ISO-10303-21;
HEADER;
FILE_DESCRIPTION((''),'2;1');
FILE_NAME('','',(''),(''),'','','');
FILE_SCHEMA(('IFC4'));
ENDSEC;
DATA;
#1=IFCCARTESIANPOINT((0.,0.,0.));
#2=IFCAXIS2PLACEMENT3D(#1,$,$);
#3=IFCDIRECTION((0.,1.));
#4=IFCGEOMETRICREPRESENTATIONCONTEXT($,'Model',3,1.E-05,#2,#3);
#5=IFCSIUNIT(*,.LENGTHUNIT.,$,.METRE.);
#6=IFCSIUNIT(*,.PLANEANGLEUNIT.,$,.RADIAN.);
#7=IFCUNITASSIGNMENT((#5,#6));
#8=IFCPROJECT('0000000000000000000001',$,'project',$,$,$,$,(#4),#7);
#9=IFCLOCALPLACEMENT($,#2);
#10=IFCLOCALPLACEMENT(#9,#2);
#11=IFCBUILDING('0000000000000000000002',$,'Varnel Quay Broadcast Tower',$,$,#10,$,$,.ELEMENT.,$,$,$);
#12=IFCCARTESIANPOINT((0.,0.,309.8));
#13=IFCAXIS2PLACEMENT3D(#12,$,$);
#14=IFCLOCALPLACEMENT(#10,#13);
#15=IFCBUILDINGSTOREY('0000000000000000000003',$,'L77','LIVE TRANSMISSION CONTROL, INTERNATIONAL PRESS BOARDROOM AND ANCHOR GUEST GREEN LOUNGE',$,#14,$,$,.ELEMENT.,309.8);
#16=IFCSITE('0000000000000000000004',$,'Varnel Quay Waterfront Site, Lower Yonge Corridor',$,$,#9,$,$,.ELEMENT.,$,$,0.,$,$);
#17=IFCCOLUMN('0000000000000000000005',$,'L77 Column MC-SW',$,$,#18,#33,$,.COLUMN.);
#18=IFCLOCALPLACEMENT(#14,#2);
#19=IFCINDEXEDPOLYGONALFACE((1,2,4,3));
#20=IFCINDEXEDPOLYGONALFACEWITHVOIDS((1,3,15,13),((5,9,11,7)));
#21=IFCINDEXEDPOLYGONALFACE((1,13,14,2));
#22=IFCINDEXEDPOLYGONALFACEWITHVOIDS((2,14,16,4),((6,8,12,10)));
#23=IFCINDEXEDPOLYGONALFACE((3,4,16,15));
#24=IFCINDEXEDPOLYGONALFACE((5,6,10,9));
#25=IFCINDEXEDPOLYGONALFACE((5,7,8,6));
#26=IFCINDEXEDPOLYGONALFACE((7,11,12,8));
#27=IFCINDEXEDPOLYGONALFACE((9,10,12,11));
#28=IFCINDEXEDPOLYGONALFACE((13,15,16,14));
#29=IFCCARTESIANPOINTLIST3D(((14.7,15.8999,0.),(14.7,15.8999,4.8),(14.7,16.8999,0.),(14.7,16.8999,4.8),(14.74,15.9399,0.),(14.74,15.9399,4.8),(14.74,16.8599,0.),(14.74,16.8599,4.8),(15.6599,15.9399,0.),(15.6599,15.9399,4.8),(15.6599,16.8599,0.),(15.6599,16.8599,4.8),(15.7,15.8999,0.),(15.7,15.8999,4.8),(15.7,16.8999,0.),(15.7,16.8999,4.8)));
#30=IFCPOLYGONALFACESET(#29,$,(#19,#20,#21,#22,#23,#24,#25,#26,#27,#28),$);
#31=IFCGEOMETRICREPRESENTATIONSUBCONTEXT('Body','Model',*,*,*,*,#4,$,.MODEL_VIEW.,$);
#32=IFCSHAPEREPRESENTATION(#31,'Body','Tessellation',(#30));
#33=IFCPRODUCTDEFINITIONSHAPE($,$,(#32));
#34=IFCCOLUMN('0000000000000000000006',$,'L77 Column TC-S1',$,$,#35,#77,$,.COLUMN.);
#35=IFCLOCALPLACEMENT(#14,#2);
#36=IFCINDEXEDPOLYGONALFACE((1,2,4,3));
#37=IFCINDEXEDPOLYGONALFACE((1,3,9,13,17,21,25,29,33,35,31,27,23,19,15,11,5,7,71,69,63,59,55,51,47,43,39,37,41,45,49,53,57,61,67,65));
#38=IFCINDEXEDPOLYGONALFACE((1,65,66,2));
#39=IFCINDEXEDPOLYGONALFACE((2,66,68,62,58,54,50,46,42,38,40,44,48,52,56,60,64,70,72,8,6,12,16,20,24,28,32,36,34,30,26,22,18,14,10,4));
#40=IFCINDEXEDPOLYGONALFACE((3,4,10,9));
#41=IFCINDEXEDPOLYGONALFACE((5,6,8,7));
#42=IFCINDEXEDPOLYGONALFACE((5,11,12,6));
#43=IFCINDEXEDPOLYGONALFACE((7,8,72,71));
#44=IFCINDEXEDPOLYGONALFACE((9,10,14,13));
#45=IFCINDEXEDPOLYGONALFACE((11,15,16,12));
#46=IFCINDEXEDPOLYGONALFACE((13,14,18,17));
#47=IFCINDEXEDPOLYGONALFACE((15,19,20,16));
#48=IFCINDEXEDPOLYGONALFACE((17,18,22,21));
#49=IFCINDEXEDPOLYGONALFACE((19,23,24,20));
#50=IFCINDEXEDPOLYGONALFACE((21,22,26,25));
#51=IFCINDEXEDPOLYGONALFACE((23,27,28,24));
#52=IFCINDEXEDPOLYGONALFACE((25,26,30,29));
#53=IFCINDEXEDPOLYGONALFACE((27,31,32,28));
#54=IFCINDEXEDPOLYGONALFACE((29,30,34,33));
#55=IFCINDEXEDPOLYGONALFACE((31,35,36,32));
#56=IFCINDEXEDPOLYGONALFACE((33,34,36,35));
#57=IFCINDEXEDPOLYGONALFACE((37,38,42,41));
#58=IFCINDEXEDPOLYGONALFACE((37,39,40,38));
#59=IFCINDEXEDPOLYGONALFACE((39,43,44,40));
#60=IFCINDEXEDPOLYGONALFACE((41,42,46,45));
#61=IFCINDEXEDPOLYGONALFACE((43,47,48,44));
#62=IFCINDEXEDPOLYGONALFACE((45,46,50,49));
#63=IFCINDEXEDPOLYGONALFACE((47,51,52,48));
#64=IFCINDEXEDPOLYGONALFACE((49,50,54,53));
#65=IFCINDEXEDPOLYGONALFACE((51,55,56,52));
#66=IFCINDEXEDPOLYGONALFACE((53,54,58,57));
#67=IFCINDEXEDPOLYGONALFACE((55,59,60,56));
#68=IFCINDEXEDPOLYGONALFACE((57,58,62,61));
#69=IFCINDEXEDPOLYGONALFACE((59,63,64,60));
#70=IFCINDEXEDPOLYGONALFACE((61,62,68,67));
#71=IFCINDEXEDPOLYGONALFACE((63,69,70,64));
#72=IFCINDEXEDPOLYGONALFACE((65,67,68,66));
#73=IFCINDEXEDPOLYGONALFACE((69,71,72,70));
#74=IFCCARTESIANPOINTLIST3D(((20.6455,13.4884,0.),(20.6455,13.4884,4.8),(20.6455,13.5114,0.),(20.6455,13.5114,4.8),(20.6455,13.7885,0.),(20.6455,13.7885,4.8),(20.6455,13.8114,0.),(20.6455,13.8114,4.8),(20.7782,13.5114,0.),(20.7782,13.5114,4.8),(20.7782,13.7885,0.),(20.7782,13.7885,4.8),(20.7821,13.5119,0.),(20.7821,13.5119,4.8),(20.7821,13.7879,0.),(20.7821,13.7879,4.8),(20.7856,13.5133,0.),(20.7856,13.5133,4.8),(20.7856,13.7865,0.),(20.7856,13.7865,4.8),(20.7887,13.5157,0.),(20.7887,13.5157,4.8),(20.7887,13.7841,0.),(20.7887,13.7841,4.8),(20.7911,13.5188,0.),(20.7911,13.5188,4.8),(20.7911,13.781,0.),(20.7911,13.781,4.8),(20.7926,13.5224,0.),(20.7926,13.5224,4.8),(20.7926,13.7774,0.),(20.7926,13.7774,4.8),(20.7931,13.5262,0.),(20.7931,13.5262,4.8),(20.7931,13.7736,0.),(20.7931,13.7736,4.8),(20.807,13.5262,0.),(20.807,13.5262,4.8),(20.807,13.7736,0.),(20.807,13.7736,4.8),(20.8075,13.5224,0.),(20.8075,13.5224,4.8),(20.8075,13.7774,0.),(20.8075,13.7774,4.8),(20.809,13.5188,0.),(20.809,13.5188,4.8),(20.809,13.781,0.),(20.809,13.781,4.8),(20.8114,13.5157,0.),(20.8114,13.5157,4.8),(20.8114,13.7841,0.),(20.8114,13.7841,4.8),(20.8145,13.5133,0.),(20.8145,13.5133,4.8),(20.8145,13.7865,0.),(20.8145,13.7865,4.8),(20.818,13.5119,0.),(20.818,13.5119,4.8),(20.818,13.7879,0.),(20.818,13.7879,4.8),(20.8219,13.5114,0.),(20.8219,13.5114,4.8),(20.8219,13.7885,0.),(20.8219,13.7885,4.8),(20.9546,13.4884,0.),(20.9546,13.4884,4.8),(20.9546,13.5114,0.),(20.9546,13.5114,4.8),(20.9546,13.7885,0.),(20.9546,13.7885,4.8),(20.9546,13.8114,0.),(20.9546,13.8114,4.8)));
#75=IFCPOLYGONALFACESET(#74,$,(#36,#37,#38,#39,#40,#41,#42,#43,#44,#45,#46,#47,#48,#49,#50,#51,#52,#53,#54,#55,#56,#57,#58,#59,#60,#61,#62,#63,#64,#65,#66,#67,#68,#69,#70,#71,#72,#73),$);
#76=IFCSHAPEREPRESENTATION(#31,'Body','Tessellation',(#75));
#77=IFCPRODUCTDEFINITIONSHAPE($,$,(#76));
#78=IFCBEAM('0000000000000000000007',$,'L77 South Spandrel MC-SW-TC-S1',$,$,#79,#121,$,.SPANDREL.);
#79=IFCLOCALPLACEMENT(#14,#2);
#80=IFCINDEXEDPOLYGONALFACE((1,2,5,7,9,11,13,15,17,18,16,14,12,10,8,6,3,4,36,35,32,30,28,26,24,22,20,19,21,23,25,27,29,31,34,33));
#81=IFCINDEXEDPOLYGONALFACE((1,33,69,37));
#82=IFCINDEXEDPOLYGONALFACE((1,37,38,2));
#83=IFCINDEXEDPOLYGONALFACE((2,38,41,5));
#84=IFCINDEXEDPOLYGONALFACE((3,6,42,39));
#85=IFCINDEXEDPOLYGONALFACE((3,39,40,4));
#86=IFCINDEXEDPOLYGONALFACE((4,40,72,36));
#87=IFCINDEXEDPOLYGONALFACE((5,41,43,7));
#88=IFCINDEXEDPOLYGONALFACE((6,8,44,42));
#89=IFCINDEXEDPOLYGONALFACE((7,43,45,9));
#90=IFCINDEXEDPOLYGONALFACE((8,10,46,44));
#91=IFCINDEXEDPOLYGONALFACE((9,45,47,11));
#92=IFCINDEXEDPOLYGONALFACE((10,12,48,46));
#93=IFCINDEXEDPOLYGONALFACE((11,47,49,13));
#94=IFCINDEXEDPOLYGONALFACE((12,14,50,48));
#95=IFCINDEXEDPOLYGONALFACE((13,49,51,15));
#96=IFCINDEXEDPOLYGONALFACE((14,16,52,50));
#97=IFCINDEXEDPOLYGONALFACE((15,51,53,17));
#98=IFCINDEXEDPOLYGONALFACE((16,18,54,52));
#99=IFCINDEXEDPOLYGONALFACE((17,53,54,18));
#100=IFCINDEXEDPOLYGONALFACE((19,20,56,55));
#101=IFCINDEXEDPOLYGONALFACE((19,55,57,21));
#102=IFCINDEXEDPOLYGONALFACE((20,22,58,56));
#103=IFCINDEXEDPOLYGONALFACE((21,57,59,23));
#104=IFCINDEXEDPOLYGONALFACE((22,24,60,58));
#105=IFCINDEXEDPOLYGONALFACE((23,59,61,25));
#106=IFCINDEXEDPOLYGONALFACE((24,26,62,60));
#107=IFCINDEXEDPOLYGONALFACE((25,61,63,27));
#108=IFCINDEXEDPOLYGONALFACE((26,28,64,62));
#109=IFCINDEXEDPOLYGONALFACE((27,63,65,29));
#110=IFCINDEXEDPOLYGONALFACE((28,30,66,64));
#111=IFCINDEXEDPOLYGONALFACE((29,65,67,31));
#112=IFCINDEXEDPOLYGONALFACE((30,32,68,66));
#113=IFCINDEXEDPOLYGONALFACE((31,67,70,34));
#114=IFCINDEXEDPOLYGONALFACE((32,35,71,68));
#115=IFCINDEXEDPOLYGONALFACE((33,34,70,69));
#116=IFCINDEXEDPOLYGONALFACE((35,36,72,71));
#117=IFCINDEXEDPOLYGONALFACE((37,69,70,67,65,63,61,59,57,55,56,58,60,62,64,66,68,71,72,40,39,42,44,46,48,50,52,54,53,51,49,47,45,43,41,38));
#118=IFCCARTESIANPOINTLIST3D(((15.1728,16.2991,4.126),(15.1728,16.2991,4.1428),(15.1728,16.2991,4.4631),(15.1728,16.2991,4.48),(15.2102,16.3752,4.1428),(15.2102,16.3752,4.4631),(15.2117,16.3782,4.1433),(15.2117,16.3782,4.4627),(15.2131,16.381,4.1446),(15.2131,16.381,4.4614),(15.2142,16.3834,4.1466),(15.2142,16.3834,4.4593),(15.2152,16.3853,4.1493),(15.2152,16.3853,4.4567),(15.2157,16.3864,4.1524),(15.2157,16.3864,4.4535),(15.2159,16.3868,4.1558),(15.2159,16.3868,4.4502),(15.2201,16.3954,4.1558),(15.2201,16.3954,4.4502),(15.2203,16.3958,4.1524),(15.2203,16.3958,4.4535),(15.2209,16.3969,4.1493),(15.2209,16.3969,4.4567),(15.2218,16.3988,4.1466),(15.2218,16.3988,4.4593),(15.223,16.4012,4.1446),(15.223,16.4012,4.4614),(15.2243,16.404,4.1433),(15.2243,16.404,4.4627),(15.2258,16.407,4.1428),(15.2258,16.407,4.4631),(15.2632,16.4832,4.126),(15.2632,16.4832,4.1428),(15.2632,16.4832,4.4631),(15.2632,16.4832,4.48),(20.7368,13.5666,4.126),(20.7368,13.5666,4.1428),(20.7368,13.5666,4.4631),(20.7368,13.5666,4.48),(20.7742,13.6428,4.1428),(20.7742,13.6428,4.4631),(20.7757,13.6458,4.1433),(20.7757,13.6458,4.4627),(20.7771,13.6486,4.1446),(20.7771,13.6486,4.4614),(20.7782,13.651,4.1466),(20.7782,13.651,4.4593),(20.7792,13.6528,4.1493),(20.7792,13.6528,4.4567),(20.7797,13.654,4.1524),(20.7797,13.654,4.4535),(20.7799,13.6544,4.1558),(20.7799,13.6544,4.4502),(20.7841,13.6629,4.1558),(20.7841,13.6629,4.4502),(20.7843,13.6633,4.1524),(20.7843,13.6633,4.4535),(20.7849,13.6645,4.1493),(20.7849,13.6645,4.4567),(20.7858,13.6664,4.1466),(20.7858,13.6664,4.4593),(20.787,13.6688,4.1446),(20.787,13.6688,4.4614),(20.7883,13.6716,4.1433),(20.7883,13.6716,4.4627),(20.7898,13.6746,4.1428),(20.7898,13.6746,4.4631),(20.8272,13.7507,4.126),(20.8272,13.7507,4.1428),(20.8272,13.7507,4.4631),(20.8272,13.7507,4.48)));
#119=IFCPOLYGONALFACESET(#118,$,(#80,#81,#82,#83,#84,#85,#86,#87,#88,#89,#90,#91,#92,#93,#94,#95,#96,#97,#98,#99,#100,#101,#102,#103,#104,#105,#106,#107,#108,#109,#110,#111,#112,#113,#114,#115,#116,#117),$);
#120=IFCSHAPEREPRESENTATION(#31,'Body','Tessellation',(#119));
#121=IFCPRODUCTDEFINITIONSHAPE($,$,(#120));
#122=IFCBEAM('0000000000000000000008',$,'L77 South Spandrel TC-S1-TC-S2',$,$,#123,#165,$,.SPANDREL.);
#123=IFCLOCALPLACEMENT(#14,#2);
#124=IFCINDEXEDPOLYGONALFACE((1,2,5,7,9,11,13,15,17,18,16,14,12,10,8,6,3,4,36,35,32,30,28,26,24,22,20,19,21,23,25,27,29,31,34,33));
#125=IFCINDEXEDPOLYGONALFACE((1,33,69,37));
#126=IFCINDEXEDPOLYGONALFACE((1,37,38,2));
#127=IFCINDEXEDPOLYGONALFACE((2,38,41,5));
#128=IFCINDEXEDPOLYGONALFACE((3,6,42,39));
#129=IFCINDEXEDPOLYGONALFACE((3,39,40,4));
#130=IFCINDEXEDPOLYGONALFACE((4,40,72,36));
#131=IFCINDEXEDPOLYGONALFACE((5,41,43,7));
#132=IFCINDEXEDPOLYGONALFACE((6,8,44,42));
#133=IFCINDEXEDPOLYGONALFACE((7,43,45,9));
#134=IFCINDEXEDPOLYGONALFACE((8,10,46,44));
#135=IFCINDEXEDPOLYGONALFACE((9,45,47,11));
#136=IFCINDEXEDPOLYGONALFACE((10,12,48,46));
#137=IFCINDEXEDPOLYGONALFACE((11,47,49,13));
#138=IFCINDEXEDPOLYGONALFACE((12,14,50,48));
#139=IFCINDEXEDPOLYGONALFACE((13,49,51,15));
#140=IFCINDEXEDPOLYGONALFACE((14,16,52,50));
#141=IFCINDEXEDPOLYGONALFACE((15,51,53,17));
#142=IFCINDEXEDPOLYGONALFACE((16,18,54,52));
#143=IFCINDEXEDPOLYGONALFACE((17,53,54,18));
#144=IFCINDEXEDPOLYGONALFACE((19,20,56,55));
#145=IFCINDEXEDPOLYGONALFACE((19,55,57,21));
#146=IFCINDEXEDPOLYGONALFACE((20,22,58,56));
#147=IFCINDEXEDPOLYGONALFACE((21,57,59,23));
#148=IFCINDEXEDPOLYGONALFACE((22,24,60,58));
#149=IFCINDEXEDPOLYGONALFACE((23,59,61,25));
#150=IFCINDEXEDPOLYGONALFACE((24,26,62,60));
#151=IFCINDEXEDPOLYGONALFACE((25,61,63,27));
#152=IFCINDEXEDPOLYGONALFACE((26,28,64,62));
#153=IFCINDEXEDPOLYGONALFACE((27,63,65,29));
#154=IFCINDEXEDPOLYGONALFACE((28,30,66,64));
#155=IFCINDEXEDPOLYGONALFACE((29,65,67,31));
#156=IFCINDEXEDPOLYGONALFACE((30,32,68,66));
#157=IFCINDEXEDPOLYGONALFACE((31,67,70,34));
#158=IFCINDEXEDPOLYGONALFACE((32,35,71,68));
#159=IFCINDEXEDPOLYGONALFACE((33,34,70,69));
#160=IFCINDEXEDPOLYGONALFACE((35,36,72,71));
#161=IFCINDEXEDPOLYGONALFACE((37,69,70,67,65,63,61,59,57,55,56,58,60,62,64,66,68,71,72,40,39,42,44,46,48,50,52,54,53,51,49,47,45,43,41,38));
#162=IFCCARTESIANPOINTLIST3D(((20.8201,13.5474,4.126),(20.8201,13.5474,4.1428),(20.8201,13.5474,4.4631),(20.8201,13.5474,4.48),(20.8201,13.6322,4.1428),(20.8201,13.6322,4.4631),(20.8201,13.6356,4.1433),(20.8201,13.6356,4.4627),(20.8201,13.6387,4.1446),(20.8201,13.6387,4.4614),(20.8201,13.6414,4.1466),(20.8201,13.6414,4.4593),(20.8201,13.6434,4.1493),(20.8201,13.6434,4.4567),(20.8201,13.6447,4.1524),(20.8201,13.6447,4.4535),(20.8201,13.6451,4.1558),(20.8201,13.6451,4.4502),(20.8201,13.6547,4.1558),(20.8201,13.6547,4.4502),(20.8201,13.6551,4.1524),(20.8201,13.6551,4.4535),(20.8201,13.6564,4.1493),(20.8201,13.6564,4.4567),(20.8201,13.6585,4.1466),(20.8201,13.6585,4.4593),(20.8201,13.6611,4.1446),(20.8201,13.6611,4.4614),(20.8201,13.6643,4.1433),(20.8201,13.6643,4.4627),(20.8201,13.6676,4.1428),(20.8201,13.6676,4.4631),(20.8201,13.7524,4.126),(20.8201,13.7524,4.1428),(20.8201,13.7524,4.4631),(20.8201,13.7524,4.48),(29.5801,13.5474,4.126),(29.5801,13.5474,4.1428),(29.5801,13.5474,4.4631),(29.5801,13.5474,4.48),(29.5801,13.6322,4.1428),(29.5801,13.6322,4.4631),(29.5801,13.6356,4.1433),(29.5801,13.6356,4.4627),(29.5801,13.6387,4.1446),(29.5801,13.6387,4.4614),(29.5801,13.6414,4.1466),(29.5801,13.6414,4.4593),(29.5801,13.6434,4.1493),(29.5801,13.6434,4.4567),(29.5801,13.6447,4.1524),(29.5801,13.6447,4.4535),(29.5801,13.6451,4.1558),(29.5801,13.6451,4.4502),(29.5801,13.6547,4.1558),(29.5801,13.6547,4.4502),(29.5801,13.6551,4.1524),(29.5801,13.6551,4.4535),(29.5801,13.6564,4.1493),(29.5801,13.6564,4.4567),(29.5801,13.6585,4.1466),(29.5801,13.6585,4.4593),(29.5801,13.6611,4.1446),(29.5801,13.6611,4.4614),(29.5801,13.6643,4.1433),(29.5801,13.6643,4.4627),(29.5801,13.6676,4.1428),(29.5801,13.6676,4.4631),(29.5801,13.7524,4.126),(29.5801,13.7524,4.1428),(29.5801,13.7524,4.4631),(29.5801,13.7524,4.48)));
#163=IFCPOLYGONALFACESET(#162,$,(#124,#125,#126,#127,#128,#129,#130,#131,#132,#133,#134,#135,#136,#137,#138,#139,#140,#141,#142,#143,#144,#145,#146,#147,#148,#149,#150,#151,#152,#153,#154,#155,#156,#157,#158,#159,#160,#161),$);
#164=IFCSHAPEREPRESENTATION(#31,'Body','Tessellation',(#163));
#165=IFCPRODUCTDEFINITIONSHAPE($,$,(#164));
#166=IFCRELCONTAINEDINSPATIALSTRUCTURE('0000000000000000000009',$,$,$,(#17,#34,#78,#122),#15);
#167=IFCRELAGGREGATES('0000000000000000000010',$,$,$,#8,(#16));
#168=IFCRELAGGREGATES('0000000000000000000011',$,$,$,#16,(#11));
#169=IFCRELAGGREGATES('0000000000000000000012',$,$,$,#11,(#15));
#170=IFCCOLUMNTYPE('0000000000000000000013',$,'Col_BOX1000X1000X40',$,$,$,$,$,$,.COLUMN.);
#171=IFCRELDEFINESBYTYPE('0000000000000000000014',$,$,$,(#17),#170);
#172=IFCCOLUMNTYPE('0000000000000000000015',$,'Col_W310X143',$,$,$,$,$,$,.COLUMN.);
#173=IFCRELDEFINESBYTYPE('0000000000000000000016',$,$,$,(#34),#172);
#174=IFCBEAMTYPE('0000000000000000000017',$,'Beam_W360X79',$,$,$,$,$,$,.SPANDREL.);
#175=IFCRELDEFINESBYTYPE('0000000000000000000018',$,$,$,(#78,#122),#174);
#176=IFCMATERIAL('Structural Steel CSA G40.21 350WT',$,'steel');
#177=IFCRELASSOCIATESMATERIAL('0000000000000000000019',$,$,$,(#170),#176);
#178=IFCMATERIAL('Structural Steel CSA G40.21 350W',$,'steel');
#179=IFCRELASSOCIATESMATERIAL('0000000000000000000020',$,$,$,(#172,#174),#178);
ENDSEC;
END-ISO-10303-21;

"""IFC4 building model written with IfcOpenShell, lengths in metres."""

from ifc_helpers import new_model, si_unit, direction, frame, origin, origin_2d, place, context, subcontext, project, spatial, hollow_rectangle, i_section, extrude, source, transform, mapped, material, material_profile, profile_set, type_object, type_shapes, element, save


model = new_model("IFC4")

# Units and contexts
model_context = context("Model", 3, precision=1e-05, world=origin(), true_north=direction((0.0, 1.0)))
body_context = subcontext(model_context, "Body", "Model", "MODEL_VIEW")
ifc_project = project(units=[si_unit("LENGTHUNIT", "METRE"), si_unit("PLANEANGLEUNIT", "RADIAN")], contexts=[model_context])

# Site, building, storey
site_placement = place(None, origin())
site = spatial("IfcSite", under=ifc_project, at=site_placement, Name="Varnel Quay Waterfront Site, Lower Yonge Corridor", CompositionType="ELEMENT", RefElevation=0.0)
building_placement = place(site_placement, origin())
building = spatial("IfcBuilding", under=site, at=building_placement, Name="Varnel Quay Broadcast Tower", CompositionType="ELEMENT")
storey_placement = place(building_placement, frame((0.0, 0.0, 309.8)))
storey = spatial("IfcBuildingStorey", under=building, at=storey_placement, Name="L77", Description="LIVE TRANSMISSION CONTROL, INTERNATIONAL PRESS BOARDROOM AND ANCHOR GUEST GREEN LOUNGE", CompositionType="ELEMENT", Elevation=309.8)

# Columns
ifc_material_1 = material(Name="Structural Steel CSA G40.21 350WT", Category="steel")
ifc_material_profile_1 = material_profile(ifc_material_1, hollow_rectangle(XDim=1.0, YDim=1.0, WallThickness=0.04, at=origin_2d()), Name="BOX1000X1000X40")
ifc_profile_set_1 = profile_set([ifc_material_profile_1], Name="Structural Steel CSA G40.21 350WT")
column_type_1 = type_object("IfcColumnType", Name="Col_BOX1000X1000X40", PredefinedType="COLUMN", material=ifc_profile_set_1)
shared_shape_1 = source(origin(), body_context, "Body", "SweptSolid", [
    extrude(hollow_rectangle(XDim=1.0, YDim=1.0, WallThickness=0.04, at=origin_2d()), origin(), (0.0, 0.0, 1.0), 4.8),
])
type_shapes(column_type_1, [shared_shape_1])
column_1_placement = place(storey_placement, frame((15.2, 16.3999, 0.0), z_axis=(0.0, 0.0, 1.0), x_axis=(1.0, 0.0, 0.0)))
element("IfcColumn", 1, at=column_1_placement, inside=storey, type_object=column_type_1, Name="L77 Column MC-SW", PredefinedType="COLUMN", context=body_context, shape_type="MappedRepresentation", body=[
    mapped(shared_shape_1, transform((0.0, 0.0, 0.0), x_axis=(1.0, 0.0, 0.0), y_axis=(0.0, 1.0, 0.0), z_axis=(0.0, 0.0, 1.0), scale=1.0)),
])
ifc_material_2 = material(Name="Structural Steel CSA G40.21 350W", Category="steel")
ifc_material_profile_2 = material_profile(ifc_material_2, i_section(OverallWidth=0.3091, OverallDepth=0.323, WebThickness=0.0139, FlangeThickness=0.0229, FilletRadius=0.0149, at=origin_2d()), Name="W310X143")
ifc_profile_set_2 = profile_set([ifc_material_profile_2], Name="Structural Steel CSA G40.21 350W")
column_type_2 = type_object("IfcColumnType", Name="Col_W310X143", PredefinedType="COLUMN", material=ifc_profile_set_2)
shared_shape_2 = source(origin(), body_context, "Body", "SweptSolid", [
    extrude(i_section(OverallWidth=0.3091, OverallDepth=0.323, WebThickness=0.0139, FlangeThickness=0.0229, FilletRadius=0.0149, at=origin_2d()), origin(), (0.0, 0.0, 1.0), 4.8),
])
type_shapes(column_type_2, [shared_shape_2])
column_2_placement = place(storey_placement, frame((20.8, 13.6499, 0.0), z_axis=(0.0, 0.0, 1.0), x_axis=(1.0, 0.0, 0.0)))
element("IfcColumn", 2, at=column_2_placement, inside=storey, type_object=column_type_2, Name="L77 Column TC-S1", PredefinedType="COLUMN", context=body_context, shape_type="MappedRepresentation", body=[
    mapped(shared_shape_2, transform((0.0, 0.0, 0.0), x_axis=(1.0, 0.0, 0.0), y_axis=(0.0, 1.0, 0.0), z_axis=(0.0, 0.0, 1.0), scale=1.0)),
])

# Beams
ifc_material_profile_3 = material_profile(ifc_material_2, i_section(OverallWidth=0.2051, OverallDepth=0.354, WebThickness=0.0095, FlangeThickness=0.0168, FilletRadius=0.0129, at=origin_2d()), Name="W360X79")
ifc_profile_set_3 = profile_set([ifc_material_profile_3], Name="Structural Steel CSA G40.21 350W")
beam_type_1 = type_object("IfcBeamType", Name="Beam_W360X79", PredefinedType="SPANDREL", material=ifc_profile_set_3)
shared_shape_3 = source(origin(), body_context, "Body", "SweptSolid", [
    extrude(i_section(OverallWidth=0.2051, OverallDepth=0.354, WebThickness=0.0095, FlangeThickness=0.0168, FilletRadius=0.0129, at=origin_2d()), origin(), (0.0, 0.0, 1.0), 6.1987),
])
beam_1_placement = place(storey_placement, frame((15.218, 16.3911, 4.303), z_axis=(0.897602, -0.440806, 0.0), x_axis=(0.440806, 0.897602, 0.0)))
element("IfcBeam", 3, at=beam_1_placement, inside=storey, type_object=beam_type_1, Name="L77 South Spandrel MC-SW-TC-S1", PredefinedType="SPANDREL", context=body_context, shape_type="MappedRepresentation", body=[
    mapped(shared_shape_3, transform((0.0, 0.0, 0.0), x_axis=(1.0, 0.0, 0.0), y_axis=(0.0, 1.0, 0.0), z_axis=(0.0, 0.0, 1.0), scale=1.0)),
])
shared_shape_4 = source(origin(), body_context, "Body", "SweptSolid", [
    extrude(i_section(OverallWidth=0.2051, OverallDepth=0.354, WebThickness=0.0095, FlangeThickness=0.0168, FilletRadius=0.0129, at=origin_2d()), origin(), (0.0, 0.0, 1.0), 8.76),
])
beam_2_placement = place(storey_placement, frame((20.8201, 13.6499, 4.303), z_axis=(1.0, 0.0, 0.0), x_axis=(0.0, 1.0, 0.0)))
element("IfcBeam", 4, at=beam_2_placement, inside=storey, type_object=beam_type_1, Name="L77 South Spandrel TC-S1-TC-S2", PredefinedType="SPANDREL", context=body_context, shape_type="MappedRepresentation", body=[
    mapped(shared_shape_4, transform((0.0, 0.0, 0.0), x_axis=(1.0, 0.0, 0.0), y_axis=(0.0, 1.0, 0.0), z_axis=(0.0, 0.0, 1.0), scale=1.0)),
])

save(model, "model.ifc")
